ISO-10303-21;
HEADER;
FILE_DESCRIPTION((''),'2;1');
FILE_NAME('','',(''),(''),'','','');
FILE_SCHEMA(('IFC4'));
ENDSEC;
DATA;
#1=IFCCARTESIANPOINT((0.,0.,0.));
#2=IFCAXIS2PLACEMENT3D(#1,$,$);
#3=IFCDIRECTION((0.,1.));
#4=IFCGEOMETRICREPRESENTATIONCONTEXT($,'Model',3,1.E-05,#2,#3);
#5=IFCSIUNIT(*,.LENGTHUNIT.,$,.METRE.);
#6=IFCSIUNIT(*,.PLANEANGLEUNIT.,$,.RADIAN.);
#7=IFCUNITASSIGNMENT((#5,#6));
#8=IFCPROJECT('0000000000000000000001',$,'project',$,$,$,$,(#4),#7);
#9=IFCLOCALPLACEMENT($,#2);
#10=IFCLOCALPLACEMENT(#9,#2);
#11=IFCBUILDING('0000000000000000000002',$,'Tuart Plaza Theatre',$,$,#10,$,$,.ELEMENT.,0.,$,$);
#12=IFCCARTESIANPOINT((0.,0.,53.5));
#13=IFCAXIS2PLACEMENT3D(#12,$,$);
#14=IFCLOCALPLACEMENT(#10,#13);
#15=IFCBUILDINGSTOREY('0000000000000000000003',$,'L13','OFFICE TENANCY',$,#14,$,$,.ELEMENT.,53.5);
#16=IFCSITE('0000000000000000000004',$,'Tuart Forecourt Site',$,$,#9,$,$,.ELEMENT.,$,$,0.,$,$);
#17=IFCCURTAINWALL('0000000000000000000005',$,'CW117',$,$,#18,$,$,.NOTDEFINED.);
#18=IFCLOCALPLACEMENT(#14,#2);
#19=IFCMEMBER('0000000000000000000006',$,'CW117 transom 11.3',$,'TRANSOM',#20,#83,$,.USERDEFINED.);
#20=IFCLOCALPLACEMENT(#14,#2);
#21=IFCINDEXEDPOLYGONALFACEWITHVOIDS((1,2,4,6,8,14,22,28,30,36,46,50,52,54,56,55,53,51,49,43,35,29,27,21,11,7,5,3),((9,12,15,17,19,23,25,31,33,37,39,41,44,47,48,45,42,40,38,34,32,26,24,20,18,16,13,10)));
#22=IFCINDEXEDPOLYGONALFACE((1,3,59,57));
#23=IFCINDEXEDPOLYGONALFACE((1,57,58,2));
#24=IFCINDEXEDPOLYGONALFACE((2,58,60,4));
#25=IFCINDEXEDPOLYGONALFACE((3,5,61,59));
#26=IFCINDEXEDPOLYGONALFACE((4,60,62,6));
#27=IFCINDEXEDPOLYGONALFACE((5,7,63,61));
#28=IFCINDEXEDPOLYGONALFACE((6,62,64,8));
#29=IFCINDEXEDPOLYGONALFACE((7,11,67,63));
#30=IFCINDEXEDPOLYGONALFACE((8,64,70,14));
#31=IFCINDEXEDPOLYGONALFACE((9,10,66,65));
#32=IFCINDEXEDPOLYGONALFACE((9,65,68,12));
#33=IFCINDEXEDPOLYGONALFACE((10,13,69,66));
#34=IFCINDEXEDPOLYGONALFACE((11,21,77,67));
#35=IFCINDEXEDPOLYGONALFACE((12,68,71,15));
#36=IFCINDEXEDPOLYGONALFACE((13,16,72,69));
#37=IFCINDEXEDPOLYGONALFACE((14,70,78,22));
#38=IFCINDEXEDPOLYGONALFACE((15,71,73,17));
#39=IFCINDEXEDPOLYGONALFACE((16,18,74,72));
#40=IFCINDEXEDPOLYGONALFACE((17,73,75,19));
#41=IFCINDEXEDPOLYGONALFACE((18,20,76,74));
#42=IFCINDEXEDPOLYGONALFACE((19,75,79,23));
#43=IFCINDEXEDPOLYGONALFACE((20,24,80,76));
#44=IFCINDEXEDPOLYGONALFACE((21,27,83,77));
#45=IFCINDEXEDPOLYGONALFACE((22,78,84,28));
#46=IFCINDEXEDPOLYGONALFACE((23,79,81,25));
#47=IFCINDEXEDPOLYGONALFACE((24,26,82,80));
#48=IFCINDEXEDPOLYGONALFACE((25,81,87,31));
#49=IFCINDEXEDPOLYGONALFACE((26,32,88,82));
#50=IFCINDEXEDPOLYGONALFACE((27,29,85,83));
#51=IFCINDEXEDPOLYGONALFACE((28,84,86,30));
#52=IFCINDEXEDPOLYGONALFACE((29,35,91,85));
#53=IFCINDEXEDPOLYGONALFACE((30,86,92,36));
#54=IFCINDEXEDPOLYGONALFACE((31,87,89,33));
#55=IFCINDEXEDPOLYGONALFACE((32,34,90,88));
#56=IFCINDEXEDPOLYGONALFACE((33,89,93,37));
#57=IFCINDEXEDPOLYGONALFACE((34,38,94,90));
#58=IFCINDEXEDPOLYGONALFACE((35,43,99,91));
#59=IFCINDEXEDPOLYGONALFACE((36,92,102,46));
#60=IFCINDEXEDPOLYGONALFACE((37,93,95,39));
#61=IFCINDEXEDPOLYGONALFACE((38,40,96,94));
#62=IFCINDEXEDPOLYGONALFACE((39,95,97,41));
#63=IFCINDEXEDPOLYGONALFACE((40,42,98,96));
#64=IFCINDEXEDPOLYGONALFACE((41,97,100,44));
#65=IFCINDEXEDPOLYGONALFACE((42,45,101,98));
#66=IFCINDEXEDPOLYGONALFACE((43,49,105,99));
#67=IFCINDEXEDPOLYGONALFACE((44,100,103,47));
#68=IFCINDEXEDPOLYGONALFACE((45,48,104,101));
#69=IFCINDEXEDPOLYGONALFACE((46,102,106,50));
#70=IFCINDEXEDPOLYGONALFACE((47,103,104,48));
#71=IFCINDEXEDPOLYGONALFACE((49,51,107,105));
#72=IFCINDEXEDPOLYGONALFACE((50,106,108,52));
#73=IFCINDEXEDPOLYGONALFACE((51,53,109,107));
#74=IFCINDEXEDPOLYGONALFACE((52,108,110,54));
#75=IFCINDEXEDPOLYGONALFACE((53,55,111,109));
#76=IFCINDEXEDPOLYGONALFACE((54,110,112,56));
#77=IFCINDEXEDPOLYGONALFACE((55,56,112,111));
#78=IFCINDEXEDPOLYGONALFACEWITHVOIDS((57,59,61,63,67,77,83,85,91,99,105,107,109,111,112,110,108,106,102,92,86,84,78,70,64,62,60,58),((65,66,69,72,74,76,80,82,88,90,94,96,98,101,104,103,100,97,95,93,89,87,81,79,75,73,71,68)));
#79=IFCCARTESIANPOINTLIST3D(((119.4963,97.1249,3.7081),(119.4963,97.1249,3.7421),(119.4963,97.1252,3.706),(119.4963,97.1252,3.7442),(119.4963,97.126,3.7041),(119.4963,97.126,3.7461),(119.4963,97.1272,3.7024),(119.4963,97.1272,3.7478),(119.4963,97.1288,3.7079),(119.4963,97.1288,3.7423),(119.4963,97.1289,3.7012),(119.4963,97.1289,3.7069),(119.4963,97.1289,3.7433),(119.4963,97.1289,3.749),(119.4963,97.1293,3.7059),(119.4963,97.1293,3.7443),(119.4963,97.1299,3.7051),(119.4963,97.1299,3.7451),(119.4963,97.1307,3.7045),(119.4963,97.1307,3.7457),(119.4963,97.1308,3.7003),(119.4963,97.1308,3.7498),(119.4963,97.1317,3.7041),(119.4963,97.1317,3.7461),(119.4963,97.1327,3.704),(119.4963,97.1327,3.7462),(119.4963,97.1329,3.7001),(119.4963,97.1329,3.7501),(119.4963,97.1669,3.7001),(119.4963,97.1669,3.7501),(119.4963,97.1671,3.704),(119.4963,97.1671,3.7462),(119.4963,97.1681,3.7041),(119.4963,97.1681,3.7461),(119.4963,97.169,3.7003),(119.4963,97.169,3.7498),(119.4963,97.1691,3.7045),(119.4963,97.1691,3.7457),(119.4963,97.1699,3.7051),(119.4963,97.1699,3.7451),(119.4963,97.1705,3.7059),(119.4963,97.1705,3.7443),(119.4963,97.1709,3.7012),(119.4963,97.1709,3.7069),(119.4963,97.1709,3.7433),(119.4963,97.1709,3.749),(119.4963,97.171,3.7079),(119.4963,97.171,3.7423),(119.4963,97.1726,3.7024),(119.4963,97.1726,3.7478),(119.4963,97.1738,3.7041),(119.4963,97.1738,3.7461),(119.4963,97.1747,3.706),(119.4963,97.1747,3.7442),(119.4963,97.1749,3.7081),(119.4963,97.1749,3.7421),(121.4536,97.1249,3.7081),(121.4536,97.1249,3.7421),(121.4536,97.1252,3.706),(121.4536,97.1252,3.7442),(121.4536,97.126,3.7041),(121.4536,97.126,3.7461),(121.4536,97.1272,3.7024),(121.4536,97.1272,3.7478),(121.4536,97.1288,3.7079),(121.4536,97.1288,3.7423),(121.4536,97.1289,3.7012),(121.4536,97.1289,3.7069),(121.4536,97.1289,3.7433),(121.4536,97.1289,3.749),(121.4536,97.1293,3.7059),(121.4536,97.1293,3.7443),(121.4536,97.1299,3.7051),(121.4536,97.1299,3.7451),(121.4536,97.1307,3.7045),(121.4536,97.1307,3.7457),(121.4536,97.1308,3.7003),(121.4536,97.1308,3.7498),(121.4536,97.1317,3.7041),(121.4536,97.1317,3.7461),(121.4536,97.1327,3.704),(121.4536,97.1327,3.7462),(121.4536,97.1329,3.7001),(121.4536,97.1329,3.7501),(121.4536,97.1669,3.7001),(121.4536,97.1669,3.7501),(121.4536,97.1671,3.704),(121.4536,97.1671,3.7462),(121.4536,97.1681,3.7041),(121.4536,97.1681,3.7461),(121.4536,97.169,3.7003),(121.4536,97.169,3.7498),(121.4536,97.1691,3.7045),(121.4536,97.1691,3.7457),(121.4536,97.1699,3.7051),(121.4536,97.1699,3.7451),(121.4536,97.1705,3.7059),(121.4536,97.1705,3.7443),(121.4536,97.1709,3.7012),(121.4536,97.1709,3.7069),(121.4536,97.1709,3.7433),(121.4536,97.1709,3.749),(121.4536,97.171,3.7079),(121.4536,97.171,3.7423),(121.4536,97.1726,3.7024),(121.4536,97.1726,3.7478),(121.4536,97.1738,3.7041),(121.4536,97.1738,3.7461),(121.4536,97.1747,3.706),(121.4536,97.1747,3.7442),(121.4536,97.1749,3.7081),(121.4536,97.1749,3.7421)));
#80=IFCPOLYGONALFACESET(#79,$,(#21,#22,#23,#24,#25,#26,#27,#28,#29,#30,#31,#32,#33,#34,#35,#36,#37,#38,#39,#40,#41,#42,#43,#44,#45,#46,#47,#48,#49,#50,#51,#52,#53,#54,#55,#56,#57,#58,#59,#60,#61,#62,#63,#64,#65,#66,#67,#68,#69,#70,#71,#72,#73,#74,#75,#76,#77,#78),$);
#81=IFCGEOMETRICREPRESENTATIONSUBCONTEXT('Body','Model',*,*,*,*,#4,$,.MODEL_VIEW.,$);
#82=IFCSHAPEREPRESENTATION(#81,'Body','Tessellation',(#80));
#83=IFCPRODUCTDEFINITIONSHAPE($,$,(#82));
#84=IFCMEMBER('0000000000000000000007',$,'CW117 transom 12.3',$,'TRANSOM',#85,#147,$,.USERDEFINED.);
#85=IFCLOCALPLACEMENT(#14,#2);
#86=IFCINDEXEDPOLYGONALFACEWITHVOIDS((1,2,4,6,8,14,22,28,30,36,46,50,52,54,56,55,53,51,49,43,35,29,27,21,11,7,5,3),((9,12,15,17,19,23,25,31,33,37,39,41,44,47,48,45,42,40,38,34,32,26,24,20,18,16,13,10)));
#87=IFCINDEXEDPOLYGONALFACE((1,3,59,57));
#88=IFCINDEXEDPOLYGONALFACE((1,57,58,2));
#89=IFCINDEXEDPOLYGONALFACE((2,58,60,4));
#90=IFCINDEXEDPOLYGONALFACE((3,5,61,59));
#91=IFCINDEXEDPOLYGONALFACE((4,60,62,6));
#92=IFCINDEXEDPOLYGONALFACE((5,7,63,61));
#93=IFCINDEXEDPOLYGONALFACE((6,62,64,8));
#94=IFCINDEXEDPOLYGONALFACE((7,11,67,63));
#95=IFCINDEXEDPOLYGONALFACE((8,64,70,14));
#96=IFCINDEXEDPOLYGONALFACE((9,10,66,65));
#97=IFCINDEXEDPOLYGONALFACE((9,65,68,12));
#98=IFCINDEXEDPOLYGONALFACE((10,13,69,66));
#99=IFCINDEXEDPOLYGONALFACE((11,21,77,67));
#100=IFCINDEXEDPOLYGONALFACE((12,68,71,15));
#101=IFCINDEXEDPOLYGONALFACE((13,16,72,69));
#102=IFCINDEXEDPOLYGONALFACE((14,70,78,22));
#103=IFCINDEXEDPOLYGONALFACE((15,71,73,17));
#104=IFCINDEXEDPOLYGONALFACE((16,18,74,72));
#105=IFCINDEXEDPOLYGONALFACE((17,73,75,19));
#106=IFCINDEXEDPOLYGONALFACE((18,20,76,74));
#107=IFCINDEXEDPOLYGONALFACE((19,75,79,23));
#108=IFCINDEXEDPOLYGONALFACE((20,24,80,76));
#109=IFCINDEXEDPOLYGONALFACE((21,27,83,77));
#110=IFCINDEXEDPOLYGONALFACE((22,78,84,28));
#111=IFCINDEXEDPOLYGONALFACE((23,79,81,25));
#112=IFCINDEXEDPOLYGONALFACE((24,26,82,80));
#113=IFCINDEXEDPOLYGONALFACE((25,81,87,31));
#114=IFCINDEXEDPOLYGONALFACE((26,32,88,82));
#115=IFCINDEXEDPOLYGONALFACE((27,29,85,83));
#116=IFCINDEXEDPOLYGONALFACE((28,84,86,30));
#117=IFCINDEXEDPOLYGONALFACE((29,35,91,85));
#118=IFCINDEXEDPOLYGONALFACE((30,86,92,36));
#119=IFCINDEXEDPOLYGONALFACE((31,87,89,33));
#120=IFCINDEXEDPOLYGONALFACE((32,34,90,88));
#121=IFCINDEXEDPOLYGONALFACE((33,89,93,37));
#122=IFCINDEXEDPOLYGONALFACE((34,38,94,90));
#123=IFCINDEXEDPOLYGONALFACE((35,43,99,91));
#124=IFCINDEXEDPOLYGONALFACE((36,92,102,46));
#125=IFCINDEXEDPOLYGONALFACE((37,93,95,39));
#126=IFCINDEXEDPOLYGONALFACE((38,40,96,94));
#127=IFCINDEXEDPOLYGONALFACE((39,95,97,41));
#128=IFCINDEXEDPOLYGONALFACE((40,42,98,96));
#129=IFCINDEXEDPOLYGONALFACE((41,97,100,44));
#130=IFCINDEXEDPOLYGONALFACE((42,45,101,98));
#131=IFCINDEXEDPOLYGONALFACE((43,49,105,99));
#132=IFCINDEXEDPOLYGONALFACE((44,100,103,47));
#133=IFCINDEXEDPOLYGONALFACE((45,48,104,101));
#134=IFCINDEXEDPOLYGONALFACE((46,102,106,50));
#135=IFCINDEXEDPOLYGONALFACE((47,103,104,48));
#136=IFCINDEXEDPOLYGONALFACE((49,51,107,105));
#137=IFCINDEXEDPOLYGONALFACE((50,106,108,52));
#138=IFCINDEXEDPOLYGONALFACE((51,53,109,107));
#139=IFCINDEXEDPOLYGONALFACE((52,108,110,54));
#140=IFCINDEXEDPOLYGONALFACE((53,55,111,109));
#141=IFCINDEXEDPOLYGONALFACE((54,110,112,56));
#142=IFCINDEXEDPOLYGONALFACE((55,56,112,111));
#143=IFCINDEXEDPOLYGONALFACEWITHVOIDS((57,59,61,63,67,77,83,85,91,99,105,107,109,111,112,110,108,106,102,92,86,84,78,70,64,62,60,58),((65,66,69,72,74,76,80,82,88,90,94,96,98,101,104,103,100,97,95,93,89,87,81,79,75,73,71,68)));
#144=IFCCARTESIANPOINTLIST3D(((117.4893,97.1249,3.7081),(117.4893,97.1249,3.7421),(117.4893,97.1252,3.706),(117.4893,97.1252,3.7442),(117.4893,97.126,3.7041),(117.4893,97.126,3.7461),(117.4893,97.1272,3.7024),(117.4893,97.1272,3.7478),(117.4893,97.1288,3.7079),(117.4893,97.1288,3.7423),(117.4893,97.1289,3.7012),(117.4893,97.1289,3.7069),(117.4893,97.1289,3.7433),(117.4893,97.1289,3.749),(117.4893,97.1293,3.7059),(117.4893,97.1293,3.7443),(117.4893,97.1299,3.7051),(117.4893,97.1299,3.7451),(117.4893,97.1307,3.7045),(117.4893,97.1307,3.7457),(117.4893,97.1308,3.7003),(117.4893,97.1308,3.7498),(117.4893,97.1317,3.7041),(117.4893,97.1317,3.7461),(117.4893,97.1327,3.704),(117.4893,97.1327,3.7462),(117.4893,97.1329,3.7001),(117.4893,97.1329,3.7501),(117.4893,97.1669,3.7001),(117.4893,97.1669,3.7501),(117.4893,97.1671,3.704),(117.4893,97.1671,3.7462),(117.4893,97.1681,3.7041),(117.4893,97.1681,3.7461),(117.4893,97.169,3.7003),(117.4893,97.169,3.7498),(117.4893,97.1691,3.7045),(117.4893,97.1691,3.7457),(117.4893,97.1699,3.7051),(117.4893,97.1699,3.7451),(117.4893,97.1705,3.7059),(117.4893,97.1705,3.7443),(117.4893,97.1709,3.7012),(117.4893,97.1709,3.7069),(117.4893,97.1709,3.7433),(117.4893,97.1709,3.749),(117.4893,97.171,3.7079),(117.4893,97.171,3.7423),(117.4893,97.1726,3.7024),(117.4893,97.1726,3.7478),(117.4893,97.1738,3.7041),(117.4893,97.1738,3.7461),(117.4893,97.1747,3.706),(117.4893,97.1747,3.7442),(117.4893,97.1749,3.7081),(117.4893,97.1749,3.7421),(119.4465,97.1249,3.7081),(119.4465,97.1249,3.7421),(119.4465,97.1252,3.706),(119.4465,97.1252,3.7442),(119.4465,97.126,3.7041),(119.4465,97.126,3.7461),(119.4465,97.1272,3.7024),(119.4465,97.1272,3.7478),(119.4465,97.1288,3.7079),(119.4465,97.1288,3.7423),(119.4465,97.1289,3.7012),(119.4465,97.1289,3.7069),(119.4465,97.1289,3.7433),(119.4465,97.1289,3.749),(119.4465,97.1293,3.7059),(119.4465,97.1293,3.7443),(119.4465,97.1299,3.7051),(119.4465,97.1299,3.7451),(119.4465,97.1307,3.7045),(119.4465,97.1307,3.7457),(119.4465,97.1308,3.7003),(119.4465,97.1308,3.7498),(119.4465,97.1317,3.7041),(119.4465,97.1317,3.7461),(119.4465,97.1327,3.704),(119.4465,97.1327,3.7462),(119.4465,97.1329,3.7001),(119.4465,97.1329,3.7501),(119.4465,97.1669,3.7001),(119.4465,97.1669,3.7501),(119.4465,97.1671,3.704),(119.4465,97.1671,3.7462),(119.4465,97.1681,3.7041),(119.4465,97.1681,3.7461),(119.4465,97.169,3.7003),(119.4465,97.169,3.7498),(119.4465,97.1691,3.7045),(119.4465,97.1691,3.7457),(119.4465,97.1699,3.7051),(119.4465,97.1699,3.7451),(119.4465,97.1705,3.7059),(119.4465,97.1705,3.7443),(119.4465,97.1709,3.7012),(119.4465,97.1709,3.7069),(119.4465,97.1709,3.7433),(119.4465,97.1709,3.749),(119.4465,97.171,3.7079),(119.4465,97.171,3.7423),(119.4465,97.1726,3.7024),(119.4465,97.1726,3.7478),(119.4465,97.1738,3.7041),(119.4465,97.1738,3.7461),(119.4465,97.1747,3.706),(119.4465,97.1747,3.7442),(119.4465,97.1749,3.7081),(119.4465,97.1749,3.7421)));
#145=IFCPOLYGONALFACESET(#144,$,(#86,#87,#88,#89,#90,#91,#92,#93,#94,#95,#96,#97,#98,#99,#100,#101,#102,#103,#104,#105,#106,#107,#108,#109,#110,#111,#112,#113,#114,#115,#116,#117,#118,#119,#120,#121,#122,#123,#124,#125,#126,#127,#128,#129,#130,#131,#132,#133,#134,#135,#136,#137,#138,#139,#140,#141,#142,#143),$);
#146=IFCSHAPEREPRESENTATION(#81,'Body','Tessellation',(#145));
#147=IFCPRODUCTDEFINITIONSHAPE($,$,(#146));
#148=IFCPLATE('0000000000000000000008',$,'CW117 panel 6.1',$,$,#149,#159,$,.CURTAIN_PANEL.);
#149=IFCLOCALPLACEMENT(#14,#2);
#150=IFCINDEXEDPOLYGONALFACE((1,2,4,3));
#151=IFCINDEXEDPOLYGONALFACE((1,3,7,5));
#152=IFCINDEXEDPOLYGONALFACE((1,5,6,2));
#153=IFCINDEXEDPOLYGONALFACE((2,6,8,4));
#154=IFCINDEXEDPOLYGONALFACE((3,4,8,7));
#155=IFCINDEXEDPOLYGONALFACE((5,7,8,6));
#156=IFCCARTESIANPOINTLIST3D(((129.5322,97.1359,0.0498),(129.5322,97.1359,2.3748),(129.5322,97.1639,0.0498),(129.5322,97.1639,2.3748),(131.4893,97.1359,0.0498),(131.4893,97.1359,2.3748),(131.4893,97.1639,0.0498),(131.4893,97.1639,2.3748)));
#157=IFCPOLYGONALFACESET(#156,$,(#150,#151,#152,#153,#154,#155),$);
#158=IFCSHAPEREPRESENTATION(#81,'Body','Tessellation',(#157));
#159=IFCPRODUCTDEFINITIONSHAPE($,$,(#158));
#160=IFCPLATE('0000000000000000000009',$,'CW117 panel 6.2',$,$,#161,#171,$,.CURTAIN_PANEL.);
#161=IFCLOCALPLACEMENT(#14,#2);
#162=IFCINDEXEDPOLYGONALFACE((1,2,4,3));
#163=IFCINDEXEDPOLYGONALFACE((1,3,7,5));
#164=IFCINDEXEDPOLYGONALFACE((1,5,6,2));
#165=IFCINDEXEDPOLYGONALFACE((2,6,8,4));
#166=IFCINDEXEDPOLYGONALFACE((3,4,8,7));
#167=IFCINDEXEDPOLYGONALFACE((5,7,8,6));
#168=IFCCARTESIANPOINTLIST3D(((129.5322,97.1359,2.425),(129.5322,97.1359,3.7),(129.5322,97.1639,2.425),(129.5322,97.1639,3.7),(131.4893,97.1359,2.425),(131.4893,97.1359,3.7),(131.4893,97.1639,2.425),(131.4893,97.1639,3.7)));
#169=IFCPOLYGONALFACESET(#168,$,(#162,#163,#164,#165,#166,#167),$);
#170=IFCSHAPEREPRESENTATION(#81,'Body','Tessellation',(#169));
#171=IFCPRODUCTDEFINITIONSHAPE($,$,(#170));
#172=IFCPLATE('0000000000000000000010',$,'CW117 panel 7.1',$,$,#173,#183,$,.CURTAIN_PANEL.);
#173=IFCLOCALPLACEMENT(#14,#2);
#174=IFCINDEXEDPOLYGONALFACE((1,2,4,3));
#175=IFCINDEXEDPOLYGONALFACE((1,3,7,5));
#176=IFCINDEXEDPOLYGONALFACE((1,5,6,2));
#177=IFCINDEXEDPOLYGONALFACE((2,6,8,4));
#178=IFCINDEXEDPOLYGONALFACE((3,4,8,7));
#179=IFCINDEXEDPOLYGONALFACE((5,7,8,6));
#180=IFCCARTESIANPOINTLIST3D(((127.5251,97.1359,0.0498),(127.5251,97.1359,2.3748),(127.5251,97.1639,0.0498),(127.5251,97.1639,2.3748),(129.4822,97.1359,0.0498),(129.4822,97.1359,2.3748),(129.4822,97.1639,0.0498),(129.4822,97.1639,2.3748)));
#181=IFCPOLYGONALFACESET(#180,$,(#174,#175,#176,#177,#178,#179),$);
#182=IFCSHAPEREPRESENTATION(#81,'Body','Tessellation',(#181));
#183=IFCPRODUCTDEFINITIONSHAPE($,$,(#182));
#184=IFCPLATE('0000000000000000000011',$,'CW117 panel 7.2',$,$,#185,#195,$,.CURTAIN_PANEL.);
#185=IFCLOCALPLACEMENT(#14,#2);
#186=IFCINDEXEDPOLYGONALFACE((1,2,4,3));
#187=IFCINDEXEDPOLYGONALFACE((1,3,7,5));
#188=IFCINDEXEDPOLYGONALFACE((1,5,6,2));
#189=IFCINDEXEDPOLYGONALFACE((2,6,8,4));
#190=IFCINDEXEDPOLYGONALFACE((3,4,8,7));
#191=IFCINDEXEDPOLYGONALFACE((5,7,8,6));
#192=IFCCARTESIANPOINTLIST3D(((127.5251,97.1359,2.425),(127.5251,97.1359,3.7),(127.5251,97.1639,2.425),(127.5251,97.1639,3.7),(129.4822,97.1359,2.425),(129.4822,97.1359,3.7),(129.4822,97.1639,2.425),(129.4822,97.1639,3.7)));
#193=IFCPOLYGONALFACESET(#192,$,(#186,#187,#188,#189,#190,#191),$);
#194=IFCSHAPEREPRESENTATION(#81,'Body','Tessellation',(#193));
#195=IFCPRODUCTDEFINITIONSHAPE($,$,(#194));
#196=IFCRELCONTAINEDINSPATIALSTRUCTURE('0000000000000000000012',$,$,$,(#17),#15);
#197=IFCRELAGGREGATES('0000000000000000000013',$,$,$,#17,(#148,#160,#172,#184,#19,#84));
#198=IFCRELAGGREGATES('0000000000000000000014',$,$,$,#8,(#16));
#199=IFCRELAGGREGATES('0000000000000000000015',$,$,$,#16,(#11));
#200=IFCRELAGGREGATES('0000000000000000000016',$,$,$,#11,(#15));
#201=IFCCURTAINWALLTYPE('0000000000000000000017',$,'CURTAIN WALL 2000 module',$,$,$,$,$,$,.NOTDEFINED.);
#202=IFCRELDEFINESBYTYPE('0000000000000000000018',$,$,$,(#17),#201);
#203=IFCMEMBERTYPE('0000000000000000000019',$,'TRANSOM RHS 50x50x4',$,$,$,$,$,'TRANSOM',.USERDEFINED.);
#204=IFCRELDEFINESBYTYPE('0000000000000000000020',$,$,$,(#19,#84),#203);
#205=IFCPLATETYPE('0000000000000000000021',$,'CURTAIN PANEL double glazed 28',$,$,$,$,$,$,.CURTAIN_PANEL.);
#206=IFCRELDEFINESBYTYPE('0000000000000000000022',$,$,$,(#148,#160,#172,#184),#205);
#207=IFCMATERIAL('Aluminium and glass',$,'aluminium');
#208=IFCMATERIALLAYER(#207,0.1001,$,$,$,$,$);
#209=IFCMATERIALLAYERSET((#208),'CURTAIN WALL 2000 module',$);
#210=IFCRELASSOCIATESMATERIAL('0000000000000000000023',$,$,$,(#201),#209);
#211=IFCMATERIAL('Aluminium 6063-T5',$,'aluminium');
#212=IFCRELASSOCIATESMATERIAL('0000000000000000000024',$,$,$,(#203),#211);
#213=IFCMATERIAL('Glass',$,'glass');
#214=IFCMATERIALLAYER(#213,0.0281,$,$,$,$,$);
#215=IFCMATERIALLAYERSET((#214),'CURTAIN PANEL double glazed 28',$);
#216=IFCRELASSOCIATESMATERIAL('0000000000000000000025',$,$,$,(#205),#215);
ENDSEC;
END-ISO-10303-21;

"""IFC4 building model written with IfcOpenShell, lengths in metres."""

from ifc_helpers import new_model, si_unit, direction, frame, origin, origin_2d, place, context, subcontext, project, spatial, rectangle, hollow_rectangle, extrude, material, layer, layer_set, material_profile, profile_set, type_object, element, aggregate, save


model = new_model("IFC4")

# Units and contexts
model_context = context("Model", 3, precision=1e-05, world=origin(), true_north=direction((0.0, 1.0)))
body_context = subcontext(model_context, "Body", "Model", "MODEL_VIEW")
ifc_project = project(units=[si_unit("LENGTHUNIT", "METRE"), si_unit("PLANEANGLEUNIT", "RADIAN")], contexts=[model_context])

# Site, building, storey
site_placement = place(None, origin())
site = spatial("IfcSite", under=ifc_project, at=site_placement, Name="Tuart Forecourt Site", CompositionType="ELEMENT", RefElevation=0.0)
building_placement = place(site_placement, origin())
building = spatial("IfcBuilding", under=site, at=building_placement, Name="Tuart Plaza Theatre", CompositionType="ELEMENT", ElevationOfRefHeight=0.0)
storey_placement = place(building_placement, frame((0.0, 0.0, 53.5)))
storey = spatial("IfcBuildingStorey", under=building, at=storey_placement, Name="L13", Description="OFFICE TENANCY", CompositionType="ELEMENT", Elevation=53.5)

# Curtain wall, members, plates
ifc_material_1 = material(Name="Aluminium and glass", Category="aluminium")
ifc_layer_1 = layer(ifc_material_1, 0.1001)
ifc_layer_set_1 = layer_set([ifc_layer_1], Name="CURTAIN WALL 2000 module")
curtain_wall_type = type_object("IfcCurtainWallType", Name="CURTAIN WALL 2000 module", PredefinedType="NOTDEFINED", material=ifc_layer_set_1)
curtain_wall_placement = place(storey_placement, origin())
curtain_wall = element("IfcCurtainWall", 1, at=curtain_wall_placement, inside=storey, type_object=curtain_wall_type, Name="CW117", PredefinedType="NOTDEFINED")
ifc_material_2 = material(Name="Aluminium 6063-T5", Category="aluminium")
ifc_material_profile_1 = material_profile(ifc_material_2, hollow_rectangle(XDim=0.05, YDim=0.05, WallThickness=0.0039, InnerFilletRadius=0.0039, OuterFilletRadius=0.0081, at=origin_2d()), Name="RHS 50x50x4")
ifc_profile_set_1 = profile_set([ifc_material_profile_1], Name="Aluminium 6063-T5")
member_type_1 = type_object("IfcMemberType", Name="TRANSOM RHS 50x50x4", ElementType="TRANSOM", PredefinedType="USERDEFINED", material=ifc_profile_set_1)
member_1_placement = place(storey_placement, frame((121.4536, 97.1499, 3.7251), z_axis=(-1.0, 0.0, 0.0), x_axis=(0.0, -1.0, 0.0)))
member_1 = element("IfcMember", 2, at=member_1_placement, type_object=member_type_1, Name="CW117 transom 11.3", ObjectType="TRANSOM", PredefinedType="USERDEFINED", context=body_context, shape_type="SweptSolid", body=[
    extrude(hollow_rectangle(XDim=0.05, YDim=0.05, WallThickness=0.0039, InnerFilletRadius=0.0039, OuterFilletRadius=0.0081, at=origin_2d()), origin(), (0.0, 0.0, 1.0), 1.9573),
])
member_2_placement = place(storey_placement, frame((119.4465, 97.1499, 3.7251), z_axis=(-1.0, 0.0, 0.0), x_axis=(0.0, -1.0, 0.0)))
member_2 = element("IfcMember", 3, at=member_2_placement, type_object=member_type_1, Name="CW117 transom 12.3", ObjectType="TRANSOM", PredefinedType="USERDEFINED", context=body_context, shape_type="SweptSolid", body=[
    extrude(hollow_rectangle(XDim=0.05, YDim=0.05, WallThickness=0.0039, InnerFilletRadius=0.0039, OuterFilletRadius=0.0081, at=origin_2d()), origin(), (0.0, 0.0, 1.0), 1.9573),
])
ifc_material_3 = material(Name="Glass", Category="glass")
ifc_layer_2 = layer(ifc_material_3, 0.0281)
ifc_layer_set_2 = layer_set([ifc_layer_2], Name="CURTAIN PANEL double glazed 28")
plate_type = type_object("IfcPlateType", Name="CURTAIN PANEL double glazed 28", PredefinedType="CURTAIN_PANEL", material=ifc_layer_set_2)
plate_1_placement = place(storey_placement, frame((130.5107, 97.1499, 0.0498), z_axis=(0.0, 0.0, 1.0), x_axis=(-1.0, 0.0, 0.0)))
plate_1 = element("IfcPlate", 4, at=plate_1_placement, type_object=plate_type, Name="CW117 panel 6.1", PredefinedType="CURTAIN_PANEL", context=body_context, shape_type="SweptSolid", body=[
    extrude(rectangle(XDim=1.957, YDim=0.0281, at=origin_2d()), origin(), (0.0, 0.0, 1.0), 2.325),
])
plate_2_placement = place(storey_placement, frame((130.5107, 97.1499, 2.425), z_axis=(0.0, 0.0, 1.0), x_axis=(-1.0, 0.0, 0.0)))
plate_2 = element("IfcPlate", 5, at=plate_2_placement, type_object=plate_type, Name="CW117 panel 6.2", PredefinedType="CURTAIN_PANEL", context=body_context, shape_type="SweptSolid", body=[
    extrude(rectangle(XDim=1.957, YDim=0.0281, at=origin_2d()), origin(), (0.0, 0.0, 1.0), 1.2749),
])
plate_3_placement = place(storey_placement, frame((128.5037, 97.1499, 0.0498), z_axis=(0.0, 0.0, 1.0), x_axis=(-1.0, 0.0, 0.0)))
plate_3 = element("IfcPlate", 6, at=plate_3_placement, type_object=plate_type, Name="CW117 panel 7.1", PredefinedType="CURTAIN_PANEL", context=body_context, shape_type="SweptSolid", body=[
    extrude(rectangle(XDim=1.957, YDim=0.0281, at=origin_2d()), origin(), (0.0, 0.0, 1.0), 2.325),
])
plate_4_placement = place(storey_placement, frame((128.5037, 97.1499, 2.425), z_axis=(0.0, 0.0, 1.0), x_axis=(-1.0, 0.0, 0.0)))
plate_4 = element("IfcPlate", 7, at=plate_4_placement, type_object=plate_type, Name="CW117 panel 7.2", PredefinedType="CURTAIN_PANEL", context=body_context, shape_type="SweptSolid", body=[
    extrude(rectangle(XDim=1.957, YDim=0.0281, at=origin_2d()), origin(), (0.0, 0.0, 1.0), 1.2749),
])
aggregate(curtain_wall, [plate_1, plate_2, plate_3, plate_4, member_1, member_2])

save(model, "model.ifc")
